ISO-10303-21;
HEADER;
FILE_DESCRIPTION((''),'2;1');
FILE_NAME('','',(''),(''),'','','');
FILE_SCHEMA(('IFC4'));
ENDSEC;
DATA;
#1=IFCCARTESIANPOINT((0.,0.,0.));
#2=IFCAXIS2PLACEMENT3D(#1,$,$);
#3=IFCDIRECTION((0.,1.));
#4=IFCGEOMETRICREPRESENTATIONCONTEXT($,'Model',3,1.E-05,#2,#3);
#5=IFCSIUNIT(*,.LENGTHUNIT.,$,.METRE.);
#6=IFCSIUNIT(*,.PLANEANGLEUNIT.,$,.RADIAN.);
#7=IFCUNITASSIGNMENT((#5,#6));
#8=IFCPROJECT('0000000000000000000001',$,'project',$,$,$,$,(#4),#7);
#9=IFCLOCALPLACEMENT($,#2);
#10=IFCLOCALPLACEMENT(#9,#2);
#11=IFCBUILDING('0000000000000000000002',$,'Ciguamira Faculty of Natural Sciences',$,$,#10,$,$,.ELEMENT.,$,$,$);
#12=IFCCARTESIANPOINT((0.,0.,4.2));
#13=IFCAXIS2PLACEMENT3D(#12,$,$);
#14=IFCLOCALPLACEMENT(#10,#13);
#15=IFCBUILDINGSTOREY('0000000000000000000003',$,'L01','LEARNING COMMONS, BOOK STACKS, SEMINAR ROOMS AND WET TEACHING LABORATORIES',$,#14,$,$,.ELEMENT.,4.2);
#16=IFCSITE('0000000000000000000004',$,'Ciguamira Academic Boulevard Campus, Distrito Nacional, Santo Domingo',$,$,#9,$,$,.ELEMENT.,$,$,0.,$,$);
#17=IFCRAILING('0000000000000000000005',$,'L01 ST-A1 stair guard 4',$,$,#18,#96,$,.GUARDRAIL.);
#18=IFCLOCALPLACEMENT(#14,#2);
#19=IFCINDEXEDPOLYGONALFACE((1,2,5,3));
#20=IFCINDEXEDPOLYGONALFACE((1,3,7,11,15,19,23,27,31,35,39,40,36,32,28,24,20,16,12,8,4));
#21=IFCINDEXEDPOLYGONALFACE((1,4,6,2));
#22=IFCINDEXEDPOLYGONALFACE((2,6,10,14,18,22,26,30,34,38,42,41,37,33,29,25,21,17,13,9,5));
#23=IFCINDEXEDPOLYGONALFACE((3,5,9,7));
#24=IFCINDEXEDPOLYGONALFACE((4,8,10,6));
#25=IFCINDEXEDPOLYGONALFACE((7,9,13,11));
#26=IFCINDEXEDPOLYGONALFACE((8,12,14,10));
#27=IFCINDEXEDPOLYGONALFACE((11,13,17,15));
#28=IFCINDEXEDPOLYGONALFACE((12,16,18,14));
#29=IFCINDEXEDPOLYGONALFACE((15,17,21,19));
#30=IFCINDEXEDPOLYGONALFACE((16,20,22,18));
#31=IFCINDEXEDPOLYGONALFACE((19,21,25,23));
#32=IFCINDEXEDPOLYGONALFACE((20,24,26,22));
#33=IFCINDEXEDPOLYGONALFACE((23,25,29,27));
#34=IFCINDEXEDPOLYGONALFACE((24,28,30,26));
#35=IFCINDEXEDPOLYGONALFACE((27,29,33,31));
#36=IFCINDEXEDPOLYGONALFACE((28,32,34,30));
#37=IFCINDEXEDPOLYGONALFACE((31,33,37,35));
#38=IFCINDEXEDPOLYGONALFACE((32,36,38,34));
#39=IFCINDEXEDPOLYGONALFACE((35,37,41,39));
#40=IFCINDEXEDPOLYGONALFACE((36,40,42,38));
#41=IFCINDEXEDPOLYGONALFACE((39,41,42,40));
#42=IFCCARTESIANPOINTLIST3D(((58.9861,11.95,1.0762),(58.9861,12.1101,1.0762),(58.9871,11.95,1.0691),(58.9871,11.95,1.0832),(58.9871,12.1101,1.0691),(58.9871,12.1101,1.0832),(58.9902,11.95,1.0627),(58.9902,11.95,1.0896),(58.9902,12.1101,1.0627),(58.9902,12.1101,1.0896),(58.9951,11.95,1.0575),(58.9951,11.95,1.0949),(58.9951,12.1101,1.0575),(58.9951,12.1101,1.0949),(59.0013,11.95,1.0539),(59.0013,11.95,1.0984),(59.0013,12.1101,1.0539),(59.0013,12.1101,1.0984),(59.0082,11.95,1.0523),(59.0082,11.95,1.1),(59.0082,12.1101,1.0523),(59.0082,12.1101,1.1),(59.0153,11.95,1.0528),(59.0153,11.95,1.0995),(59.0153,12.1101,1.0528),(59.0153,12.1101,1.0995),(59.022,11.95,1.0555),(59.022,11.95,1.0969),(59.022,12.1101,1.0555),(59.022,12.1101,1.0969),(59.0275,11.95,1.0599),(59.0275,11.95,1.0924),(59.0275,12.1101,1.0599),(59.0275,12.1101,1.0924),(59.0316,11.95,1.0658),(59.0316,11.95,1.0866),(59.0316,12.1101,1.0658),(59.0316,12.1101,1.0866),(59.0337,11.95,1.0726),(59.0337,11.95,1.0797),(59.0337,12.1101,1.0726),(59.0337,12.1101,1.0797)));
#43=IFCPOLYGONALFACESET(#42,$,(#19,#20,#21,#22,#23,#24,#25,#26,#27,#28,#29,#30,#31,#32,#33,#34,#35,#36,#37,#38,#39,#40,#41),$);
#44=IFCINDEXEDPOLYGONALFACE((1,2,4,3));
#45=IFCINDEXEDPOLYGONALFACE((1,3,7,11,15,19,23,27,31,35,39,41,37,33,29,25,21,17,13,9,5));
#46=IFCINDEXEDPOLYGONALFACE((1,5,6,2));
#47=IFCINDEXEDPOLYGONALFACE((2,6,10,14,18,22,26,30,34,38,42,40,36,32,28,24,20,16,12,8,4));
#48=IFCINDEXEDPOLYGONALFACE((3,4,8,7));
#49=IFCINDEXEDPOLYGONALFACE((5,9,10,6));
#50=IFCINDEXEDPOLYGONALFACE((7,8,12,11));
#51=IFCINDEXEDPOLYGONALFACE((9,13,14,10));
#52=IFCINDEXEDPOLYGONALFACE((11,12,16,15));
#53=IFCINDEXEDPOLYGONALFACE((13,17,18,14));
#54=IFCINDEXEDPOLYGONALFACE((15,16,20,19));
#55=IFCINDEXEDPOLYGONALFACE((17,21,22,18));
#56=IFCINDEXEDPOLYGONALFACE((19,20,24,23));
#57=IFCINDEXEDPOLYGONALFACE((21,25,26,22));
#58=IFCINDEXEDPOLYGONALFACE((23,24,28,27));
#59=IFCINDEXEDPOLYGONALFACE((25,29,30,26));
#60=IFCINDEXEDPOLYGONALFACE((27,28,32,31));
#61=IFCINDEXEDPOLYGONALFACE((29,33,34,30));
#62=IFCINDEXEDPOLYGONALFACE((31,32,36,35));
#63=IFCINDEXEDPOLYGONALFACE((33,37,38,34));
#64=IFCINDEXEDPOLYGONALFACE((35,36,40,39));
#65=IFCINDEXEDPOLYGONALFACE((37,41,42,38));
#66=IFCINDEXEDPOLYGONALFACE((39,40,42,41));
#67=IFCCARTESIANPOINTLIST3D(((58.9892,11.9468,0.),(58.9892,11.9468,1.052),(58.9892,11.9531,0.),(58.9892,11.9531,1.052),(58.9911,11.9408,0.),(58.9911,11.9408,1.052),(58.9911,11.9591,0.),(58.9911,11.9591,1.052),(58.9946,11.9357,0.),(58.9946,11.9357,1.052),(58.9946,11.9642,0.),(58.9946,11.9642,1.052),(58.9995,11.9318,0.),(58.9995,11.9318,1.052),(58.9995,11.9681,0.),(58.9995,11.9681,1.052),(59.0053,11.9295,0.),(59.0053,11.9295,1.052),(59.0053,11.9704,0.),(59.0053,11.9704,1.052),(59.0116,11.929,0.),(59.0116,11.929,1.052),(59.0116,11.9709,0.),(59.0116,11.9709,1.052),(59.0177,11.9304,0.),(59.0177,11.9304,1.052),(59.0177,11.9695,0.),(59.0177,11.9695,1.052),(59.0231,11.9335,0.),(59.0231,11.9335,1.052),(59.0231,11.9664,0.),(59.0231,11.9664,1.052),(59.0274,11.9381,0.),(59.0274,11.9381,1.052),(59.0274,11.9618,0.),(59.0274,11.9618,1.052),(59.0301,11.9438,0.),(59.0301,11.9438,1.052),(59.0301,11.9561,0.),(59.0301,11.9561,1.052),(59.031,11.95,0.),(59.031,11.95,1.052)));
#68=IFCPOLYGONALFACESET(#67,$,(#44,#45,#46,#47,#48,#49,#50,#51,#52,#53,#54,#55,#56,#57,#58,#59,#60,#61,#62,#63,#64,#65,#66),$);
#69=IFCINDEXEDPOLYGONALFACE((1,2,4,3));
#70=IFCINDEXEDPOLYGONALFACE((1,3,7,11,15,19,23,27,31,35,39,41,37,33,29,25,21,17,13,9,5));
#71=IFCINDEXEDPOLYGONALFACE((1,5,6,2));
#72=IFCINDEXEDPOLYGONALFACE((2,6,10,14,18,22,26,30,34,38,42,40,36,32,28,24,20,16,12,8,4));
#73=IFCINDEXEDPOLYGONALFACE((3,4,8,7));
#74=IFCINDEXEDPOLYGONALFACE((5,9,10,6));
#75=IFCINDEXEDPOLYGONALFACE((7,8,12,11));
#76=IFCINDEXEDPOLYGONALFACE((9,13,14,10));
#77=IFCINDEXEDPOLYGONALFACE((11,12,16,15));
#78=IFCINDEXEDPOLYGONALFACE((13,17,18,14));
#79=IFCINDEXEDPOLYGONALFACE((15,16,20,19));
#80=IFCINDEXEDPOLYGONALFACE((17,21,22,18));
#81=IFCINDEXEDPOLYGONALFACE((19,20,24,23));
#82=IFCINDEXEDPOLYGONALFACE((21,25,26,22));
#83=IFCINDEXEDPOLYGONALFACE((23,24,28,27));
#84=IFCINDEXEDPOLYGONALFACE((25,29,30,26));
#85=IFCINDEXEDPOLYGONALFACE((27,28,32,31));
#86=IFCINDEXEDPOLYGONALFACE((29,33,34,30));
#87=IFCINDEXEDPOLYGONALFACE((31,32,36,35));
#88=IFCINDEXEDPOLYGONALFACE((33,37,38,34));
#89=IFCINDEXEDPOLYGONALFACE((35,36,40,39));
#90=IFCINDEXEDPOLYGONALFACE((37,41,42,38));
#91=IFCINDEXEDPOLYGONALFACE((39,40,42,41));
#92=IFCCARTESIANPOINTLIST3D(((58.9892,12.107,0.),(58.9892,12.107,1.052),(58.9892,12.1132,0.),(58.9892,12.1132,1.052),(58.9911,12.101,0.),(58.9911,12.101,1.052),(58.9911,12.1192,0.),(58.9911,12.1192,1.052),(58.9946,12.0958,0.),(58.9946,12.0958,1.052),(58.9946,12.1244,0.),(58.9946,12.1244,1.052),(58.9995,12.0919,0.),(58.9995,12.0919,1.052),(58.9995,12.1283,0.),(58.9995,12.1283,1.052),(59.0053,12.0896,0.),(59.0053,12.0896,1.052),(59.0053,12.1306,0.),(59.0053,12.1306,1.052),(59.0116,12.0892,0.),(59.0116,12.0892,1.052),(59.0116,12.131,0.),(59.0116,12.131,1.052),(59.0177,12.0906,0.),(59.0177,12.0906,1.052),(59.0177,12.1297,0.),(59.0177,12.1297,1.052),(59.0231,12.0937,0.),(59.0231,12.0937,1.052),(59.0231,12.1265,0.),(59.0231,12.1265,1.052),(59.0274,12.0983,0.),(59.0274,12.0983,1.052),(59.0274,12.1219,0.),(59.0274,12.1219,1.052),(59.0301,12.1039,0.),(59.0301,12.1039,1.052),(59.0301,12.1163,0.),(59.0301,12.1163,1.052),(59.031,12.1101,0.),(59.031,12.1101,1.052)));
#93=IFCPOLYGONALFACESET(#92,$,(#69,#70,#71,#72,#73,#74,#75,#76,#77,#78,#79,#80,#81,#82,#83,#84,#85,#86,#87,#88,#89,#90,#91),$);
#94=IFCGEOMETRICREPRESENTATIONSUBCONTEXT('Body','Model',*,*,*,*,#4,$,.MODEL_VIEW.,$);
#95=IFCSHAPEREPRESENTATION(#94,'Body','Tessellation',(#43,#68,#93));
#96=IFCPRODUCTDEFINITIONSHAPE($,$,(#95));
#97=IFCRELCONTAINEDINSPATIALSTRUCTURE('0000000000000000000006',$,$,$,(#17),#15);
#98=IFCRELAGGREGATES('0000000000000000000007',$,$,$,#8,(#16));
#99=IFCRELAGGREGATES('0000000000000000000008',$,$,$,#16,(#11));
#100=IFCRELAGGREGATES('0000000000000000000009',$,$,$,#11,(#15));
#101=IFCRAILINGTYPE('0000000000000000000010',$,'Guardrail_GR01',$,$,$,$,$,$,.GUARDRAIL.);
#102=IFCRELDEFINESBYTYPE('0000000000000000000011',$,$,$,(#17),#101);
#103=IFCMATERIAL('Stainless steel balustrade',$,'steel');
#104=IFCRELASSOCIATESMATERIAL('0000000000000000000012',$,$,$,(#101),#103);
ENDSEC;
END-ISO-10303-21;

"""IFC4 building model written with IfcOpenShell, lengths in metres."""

from ifc_helpers import new_model, si_unit, direction, frame, origin, origin_2d, place, context, subcontext, project, spatial, circle, extrude, material, type_object, element, save


model = new_model("IFC4")

# Units and contexts
model_context = context("Model", 3, precision=1e-05, world=origin(), true_north=direction((0.0, 1.0)))
body_context = subcontext(model_context, "Body", "Model", "MODEL_VIEW")
ifc_project = project(units=[si_unit("LENGTHUNIT", "METRE"), si_unit("PLANEANGLEUNIT", "RADIAN")], contexts=[model_context])

# Site, building, storey
site_placement = place(None, origin())
site = spatial("IfcSite", under=ifc_project, at=site_placement, Name="Ciguamira Academic Boulevard Campus, Distrito Nacional, Santo Domingo", CompositionType="ELEMENT", RefElevation=0.0)
building_placement = place(site_placement, origin())
building = spatial("IfcBuilding", under=site, at=building_placement, Name="Ciguamira Faculty of Natural Sciences", CompositionType="ELEMENT")
storey_placement = place(building_placement, frame((0.0, 0.0, 4.2)))
storey = spatial("IfcBuildingStorey", under=building, at=storey_placement, Name="L01", Description="LEARNING COMMONS, BOOK STACKS, SEMINAR ROOMS AND WET TEACHING LABORATORIES", CompositionType="ELEMENT", Elevation=4.2)

# Railing
ifc_material_1 = material(Name="Stainless steel balustrade", Category="steel")
railing_type_1 = type_object("IfcRailingType", Name="Guardrail_GR01", PredefinedType="GUARDRAIL", material=ifc_material_1)
railing_1_placement = place(storey_placement, frame((59.01, 11.95, 0.0)))
element("IfcRailing", 1, at=railing_1_placement, inside=storey, type_object=railing_type_1, Name="L01 ST-A1 stair guard 4", PredefinedType="GUARDRAIL", context=body_context, shape_type="SweptSolid", body=[
    extrude(circle(Radius=0.0239, at=origin_2d()), frame((0.0, 0.0, 1.0762), z_axis=(0.0, 1.0, 0.0), x_axis=(-1.0, 0.0, 0.0)), (0.0, 0.0, 1.0), 0.1602),
    extrude(circle(Radius=0.021, at=origin_2d()), origin(), (0.0, 0.0, 1.0), 1.052),
    extrude(circle(Radius=0.021, at=origin_2d()), frame((0.0, 0.1602, 0.0)), (0.0, 0.0, 1.0), 1.052),
])

save(model, "model.ifc")
